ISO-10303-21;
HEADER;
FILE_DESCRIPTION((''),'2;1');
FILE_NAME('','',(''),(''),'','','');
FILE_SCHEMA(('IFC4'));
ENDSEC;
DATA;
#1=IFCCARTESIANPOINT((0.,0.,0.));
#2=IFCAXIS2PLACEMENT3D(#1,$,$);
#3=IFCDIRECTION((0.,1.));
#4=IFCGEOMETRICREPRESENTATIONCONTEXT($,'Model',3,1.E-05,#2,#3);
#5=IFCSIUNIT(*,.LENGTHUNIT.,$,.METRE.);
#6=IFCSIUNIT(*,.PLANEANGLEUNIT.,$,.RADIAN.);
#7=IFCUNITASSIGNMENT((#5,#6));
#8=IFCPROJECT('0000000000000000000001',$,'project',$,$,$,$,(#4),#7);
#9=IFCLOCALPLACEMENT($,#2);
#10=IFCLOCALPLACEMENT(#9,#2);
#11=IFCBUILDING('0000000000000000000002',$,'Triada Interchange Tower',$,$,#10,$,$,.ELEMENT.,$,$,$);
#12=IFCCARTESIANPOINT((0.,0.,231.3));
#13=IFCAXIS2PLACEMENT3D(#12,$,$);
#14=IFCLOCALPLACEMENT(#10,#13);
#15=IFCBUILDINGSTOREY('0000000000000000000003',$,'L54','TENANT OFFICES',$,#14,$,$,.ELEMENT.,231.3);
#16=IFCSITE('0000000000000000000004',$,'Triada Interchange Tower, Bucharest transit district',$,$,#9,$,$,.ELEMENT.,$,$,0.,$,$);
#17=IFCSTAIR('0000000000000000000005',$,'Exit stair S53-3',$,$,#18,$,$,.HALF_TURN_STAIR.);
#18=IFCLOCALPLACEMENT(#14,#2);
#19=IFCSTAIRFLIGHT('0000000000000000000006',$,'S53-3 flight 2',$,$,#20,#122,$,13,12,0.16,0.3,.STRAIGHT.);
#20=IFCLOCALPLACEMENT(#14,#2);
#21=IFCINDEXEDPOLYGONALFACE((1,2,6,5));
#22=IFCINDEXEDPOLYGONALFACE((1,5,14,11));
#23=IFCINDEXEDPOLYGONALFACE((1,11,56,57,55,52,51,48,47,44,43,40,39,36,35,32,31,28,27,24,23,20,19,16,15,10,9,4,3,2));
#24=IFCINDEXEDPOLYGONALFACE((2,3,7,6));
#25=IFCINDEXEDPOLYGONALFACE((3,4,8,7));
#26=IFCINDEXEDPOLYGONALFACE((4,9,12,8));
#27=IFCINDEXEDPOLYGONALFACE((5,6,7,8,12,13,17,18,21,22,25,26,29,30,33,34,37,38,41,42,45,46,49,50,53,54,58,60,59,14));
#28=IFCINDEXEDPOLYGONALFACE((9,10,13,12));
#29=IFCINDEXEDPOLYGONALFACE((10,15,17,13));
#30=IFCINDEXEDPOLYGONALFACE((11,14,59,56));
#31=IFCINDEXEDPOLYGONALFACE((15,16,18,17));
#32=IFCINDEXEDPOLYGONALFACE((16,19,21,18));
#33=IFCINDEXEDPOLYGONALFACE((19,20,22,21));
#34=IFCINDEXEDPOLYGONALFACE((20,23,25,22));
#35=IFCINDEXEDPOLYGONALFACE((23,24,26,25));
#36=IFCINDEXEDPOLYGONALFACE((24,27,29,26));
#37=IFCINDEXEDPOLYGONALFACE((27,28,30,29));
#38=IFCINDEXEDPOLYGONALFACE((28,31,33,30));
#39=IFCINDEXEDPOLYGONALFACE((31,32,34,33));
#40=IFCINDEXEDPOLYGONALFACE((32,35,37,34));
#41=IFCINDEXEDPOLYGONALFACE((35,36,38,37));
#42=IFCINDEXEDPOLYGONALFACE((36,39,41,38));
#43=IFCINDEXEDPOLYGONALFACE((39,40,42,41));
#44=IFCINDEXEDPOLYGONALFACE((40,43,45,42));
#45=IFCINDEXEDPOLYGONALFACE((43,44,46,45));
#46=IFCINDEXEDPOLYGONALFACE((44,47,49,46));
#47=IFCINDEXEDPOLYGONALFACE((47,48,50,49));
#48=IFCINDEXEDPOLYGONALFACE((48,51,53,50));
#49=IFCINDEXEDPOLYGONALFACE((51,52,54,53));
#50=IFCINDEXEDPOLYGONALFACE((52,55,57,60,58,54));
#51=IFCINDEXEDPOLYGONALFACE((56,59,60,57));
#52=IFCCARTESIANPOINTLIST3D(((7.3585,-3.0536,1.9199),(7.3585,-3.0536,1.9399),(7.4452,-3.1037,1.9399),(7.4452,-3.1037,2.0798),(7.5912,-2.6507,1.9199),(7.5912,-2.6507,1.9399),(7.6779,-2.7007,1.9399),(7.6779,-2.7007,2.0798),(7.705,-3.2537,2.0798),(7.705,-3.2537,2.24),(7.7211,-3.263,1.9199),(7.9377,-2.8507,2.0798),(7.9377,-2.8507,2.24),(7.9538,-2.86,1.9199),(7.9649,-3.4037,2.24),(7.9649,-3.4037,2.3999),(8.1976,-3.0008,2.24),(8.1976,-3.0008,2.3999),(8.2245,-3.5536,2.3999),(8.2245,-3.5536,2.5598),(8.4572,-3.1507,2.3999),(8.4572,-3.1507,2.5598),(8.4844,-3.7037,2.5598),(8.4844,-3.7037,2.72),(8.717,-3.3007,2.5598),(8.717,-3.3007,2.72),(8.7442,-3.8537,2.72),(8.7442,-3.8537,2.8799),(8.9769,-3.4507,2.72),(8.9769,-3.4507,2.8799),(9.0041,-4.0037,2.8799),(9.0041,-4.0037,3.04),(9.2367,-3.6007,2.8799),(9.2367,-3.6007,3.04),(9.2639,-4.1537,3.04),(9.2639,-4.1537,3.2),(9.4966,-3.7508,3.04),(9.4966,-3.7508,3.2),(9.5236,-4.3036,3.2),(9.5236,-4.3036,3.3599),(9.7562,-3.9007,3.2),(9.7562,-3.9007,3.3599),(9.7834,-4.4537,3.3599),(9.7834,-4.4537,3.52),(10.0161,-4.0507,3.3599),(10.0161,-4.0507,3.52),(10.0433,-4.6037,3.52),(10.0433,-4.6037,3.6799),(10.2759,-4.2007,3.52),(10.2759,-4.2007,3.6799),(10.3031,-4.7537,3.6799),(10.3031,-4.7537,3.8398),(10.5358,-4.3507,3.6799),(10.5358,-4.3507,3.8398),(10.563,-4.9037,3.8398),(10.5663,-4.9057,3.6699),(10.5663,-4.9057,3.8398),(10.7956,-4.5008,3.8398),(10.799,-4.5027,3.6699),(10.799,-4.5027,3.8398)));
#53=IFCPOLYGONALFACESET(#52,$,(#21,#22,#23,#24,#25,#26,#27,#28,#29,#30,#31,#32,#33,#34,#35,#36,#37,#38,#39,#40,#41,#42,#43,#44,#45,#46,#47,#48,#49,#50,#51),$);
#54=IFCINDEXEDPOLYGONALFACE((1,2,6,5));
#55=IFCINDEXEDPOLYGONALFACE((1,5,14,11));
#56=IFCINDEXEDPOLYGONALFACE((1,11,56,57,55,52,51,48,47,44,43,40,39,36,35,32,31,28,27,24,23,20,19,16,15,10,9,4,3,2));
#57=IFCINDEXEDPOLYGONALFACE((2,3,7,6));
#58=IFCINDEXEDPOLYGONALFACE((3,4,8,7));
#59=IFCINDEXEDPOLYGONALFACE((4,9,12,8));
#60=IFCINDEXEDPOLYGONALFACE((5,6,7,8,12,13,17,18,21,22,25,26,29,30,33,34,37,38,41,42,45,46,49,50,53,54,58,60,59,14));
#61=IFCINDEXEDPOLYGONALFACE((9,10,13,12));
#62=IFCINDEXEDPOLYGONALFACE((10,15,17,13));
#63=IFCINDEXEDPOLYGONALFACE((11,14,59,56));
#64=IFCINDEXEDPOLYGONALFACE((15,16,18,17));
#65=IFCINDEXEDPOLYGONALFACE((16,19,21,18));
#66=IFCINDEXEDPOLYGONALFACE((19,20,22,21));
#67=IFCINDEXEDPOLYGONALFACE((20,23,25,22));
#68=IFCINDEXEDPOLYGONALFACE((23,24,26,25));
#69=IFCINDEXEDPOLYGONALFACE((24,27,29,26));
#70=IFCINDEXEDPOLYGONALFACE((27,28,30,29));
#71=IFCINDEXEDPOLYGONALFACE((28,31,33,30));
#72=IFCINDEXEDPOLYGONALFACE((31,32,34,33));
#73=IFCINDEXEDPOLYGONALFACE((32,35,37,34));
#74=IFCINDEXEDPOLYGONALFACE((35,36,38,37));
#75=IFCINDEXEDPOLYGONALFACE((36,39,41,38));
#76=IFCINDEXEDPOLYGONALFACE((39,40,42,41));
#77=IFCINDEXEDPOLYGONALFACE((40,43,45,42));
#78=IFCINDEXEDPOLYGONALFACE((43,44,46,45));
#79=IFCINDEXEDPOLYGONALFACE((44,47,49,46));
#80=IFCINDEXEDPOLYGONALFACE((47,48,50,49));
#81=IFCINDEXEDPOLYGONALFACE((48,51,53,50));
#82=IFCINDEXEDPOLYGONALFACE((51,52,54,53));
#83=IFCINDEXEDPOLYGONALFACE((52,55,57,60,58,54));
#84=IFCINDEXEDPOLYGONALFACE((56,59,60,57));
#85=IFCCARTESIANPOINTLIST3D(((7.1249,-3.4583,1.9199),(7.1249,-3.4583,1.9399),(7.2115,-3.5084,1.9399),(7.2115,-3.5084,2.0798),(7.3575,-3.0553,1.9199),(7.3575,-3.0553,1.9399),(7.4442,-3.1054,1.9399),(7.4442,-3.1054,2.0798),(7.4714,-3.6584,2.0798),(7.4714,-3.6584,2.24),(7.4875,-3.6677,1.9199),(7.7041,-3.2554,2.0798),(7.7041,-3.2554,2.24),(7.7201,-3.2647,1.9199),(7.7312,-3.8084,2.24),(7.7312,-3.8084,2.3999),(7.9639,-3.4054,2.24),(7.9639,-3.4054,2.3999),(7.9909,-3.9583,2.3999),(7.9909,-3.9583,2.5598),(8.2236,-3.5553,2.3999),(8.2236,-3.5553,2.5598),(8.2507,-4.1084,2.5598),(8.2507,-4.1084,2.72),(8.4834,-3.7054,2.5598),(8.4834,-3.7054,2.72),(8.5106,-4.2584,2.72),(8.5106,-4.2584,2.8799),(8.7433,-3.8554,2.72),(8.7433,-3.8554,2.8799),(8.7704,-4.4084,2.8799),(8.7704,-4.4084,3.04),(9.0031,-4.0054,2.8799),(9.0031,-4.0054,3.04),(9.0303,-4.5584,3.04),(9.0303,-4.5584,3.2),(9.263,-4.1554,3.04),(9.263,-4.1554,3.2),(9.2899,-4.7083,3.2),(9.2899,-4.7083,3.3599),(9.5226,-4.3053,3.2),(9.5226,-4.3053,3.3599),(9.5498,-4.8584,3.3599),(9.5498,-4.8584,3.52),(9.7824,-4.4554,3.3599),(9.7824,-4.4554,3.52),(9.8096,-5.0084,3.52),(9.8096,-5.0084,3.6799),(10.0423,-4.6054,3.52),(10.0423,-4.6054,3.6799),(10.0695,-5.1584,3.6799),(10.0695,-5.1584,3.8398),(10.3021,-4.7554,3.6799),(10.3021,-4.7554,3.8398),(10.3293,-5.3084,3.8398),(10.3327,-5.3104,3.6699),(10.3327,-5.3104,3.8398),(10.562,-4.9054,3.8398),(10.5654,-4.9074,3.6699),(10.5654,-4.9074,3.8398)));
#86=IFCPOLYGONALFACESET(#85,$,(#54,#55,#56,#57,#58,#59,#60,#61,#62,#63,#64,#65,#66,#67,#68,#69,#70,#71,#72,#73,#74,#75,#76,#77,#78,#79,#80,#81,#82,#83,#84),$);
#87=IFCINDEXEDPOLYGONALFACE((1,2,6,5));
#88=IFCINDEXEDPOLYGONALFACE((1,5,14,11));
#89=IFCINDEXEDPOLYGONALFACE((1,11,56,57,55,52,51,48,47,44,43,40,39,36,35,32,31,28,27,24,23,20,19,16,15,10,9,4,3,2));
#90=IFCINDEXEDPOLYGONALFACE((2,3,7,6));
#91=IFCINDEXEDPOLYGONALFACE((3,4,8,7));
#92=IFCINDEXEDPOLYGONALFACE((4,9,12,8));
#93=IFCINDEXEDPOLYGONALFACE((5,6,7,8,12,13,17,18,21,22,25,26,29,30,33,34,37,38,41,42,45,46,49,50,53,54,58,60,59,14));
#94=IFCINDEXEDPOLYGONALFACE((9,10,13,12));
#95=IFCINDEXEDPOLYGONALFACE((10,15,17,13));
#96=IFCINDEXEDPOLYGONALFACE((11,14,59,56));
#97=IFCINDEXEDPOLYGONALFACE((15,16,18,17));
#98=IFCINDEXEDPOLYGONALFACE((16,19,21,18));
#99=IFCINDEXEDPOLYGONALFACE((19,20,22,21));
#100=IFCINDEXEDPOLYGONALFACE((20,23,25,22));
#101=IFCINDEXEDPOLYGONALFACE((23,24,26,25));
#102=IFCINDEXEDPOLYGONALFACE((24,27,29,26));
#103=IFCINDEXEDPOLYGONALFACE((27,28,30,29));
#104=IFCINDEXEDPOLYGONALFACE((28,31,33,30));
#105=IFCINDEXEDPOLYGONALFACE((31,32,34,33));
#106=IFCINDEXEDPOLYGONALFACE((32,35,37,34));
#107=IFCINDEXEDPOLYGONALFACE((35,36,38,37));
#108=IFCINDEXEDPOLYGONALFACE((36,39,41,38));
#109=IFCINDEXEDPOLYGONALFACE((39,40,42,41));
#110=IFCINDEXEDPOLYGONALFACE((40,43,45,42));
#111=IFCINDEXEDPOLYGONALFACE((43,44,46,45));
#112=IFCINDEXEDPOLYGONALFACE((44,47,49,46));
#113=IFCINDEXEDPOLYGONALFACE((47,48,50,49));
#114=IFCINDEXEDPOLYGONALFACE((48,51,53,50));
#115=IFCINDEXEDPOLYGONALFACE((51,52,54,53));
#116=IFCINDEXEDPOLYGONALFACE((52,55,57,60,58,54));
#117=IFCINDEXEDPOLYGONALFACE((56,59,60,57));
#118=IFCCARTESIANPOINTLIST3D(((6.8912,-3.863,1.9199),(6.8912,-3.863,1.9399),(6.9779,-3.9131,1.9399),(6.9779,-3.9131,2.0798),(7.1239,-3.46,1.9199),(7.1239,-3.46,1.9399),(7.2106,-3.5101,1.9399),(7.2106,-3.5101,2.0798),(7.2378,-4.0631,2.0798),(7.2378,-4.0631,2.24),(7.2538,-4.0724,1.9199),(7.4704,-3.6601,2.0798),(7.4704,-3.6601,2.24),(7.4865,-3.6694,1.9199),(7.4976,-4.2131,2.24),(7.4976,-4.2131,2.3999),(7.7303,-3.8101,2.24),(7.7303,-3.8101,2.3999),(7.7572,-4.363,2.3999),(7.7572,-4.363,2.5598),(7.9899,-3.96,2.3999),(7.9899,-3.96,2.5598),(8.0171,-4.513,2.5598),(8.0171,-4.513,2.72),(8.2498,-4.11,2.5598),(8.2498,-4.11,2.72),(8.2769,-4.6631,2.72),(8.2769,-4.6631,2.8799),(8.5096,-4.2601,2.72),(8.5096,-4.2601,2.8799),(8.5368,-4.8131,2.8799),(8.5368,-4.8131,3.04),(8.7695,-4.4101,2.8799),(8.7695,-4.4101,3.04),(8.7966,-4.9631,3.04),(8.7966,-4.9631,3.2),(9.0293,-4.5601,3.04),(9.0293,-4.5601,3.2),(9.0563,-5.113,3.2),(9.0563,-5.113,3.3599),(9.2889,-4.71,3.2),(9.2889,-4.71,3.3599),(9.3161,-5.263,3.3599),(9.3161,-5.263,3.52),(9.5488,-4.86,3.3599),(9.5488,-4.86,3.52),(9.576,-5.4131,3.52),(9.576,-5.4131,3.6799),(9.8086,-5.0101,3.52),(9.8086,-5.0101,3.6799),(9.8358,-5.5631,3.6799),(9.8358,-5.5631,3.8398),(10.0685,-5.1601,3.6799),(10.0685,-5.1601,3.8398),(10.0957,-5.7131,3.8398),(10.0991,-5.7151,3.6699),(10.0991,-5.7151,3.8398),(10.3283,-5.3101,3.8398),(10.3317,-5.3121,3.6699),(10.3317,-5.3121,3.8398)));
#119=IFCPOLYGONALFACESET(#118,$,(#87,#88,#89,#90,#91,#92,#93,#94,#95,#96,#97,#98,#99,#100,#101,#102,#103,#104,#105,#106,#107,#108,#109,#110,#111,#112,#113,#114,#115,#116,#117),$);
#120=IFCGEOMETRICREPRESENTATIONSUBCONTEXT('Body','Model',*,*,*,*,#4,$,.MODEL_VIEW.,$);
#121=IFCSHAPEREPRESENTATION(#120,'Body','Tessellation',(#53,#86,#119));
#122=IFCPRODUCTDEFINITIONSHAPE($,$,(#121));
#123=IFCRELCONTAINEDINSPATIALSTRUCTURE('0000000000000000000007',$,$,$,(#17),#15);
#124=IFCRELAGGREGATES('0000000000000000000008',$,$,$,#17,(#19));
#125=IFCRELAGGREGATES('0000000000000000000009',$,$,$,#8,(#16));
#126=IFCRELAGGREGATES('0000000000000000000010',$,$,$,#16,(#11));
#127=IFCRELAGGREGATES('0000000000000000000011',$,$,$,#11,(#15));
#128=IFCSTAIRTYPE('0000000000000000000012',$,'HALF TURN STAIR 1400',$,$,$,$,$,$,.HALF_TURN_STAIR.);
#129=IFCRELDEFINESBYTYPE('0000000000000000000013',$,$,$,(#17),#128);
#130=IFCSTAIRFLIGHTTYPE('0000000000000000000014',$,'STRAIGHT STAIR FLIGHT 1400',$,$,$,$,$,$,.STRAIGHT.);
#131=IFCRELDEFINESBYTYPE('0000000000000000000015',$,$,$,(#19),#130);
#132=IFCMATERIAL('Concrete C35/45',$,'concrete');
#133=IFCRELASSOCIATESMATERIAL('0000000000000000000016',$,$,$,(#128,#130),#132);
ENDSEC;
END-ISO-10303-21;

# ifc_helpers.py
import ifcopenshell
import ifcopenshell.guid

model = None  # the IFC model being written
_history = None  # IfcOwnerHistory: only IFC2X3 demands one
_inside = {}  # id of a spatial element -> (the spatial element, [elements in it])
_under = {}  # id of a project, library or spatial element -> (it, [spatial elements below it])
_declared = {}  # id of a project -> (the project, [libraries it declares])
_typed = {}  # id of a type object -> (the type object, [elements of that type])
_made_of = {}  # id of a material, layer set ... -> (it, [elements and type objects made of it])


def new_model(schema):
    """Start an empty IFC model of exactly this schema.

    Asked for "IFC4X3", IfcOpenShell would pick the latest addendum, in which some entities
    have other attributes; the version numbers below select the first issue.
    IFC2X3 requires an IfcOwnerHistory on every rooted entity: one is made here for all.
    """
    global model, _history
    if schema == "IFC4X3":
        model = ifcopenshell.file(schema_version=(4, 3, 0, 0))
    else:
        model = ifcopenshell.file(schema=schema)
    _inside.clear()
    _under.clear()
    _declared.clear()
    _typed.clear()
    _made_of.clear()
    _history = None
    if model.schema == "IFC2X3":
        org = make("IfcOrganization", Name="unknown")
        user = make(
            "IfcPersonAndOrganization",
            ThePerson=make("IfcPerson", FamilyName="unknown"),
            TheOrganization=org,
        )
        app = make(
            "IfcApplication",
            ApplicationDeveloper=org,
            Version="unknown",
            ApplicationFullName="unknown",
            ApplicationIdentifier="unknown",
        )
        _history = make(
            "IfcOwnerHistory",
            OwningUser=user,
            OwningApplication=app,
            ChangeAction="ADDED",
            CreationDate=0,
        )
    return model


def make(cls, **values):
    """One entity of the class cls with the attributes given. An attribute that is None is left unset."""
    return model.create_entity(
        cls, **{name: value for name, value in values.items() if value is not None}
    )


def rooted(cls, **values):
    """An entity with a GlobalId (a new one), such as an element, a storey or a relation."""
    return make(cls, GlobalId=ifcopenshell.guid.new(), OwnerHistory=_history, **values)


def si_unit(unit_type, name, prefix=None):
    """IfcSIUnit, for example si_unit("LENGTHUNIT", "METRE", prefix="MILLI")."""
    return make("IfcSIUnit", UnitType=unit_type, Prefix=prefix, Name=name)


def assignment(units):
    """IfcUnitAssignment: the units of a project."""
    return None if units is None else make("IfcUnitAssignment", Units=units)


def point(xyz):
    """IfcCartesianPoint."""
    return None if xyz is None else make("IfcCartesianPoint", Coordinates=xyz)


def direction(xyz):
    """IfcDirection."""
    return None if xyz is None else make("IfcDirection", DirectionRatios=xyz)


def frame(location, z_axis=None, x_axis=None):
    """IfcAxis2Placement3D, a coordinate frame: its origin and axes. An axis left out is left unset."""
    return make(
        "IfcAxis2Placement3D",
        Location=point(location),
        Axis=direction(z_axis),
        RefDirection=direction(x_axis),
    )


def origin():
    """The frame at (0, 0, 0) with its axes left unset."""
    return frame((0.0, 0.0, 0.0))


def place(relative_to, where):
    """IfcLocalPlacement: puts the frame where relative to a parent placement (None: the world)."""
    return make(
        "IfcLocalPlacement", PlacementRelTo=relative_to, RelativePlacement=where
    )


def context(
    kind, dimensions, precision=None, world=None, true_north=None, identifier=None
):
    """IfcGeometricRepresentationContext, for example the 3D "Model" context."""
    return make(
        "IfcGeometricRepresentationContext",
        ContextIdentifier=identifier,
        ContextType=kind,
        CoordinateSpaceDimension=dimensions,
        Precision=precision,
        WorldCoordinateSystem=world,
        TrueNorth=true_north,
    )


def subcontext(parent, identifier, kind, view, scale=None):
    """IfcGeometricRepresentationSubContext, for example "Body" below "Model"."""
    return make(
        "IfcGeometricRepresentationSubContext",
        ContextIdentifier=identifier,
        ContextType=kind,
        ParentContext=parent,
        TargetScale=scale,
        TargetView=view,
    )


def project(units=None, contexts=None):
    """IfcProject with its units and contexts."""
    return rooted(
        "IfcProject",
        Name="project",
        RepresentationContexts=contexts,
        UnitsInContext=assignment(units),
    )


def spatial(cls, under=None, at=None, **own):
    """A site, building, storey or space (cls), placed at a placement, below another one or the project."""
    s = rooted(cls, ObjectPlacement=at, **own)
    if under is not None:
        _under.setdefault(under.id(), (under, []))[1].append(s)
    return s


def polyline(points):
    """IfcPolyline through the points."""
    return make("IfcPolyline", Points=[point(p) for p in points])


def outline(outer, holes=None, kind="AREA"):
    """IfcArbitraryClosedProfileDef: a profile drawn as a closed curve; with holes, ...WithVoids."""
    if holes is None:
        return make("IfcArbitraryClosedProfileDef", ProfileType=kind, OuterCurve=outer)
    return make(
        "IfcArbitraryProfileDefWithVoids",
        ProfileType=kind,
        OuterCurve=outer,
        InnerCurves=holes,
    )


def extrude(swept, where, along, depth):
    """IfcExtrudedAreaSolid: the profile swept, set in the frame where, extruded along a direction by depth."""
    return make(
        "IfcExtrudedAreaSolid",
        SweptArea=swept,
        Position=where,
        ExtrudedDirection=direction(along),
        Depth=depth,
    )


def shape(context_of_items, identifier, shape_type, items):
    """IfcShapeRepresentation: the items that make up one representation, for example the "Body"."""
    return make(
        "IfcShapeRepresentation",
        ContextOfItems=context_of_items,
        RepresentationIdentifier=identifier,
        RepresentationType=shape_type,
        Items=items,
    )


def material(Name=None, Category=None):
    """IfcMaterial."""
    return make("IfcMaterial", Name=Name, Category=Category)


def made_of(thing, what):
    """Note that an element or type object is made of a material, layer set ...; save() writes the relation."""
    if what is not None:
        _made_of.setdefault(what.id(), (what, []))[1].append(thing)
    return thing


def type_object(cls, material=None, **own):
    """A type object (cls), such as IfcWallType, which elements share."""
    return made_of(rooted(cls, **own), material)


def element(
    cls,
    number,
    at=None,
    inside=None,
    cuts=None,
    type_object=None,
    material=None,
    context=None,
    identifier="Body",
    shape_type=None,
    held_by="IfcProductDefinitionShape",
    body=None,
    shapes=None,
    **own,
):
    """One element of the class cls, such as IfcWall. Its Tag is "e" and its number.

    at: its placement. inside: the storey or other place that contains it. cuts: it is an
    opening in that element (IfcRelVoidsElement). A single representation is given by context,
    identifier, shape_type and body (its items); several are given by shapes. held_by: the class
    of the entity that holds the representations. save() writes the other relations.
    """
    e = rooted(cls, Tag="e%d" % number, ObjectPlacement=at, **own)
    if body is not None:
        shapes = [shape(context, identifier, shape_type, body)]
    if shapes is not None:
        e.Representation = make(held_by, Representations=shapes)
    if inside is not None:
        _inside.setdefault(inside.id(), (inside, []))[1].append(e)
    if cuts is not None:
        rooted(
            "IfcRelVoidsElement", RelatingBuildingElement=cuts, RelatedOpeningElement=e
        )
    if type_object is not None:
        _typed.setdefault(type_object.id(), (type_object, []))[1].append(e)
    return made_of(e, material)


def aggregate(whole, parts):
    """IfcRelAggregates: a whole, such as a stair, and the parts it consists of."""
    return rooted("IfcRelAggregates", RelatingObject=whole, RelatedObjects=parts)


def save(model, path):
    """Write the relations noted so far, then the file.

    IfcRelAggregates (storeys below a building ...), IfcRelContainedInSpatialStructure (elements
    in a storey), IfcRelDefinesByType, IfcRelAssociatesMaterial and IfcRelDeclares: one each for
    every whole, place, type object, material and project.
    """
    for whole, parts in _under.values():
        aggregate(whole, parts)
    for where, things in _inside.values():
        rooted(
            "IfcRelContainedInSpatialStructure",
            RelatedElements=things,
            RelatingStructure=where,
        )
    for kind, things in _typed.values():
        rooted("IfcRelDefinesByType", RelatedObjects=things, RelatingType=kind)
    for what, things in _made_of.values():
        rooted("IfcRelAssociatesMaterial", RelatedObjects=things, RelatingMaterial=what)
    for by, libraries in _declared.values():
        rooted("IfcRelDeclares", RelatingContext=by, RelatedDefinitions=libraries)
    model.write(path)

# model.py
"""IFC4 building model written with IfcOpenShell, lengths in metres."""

from ifc_helpers import new_model, si_unit, direction, frame, origin, place, context, subcontext, project, spatial, polyline, outline, extrude, material, type_object, element, aggregate, save


model = new_model("IFC4")

# Units and contexts
model_context = context("Model", 3, precision=1e-05, world=origin(), true_north=direction((0.0, 1.0)))
body_context = subcontext(model_context, "Body", "Model", "MODEL_VIEW")
ifc_project = project(units=[si_unit("LENGTHUNIT", "METRE"), si_unit("PLANEANGLEUNIT", "RADIAN")], contexts=[model_context])

# Site, building, storey
site_placement = place(None, origin())
site = spatial("IfcSite", under=ifc_project, at=site_placement, Name="Triada Interchange Tower, Bucharest transit district", CompositionType="ELEMENT", RefElevation=0.0)
building_placement = place(site_placement, origin())
building = spatial("IfcBuilding", under=site, at=building_placement, Name="Triada Interchange Tower", CompositionType="ELEMENT")
storey_placement = place(building_placement, frame((0.0, 0.0, 231.3)))
storey = spatial("IfcBuildingStorey", under=building, at=storey_placement, Name="L54", Description="TENANT OFFICES", CompositionType="ELEMENT", Elevation=231.3)

# Stair, stair flight
ifc_material_1 = material(Name="Concrete C35/45", Category="concrete")
stair_type = type_object("IfcStairType", Name="HALF TURN STAIR 1400", PredefinedType="HALF_TURN_STAIR", material=ifc_material_1)
stair_placement = place(storey_placement, origin())
stair = element("IfcStair", 1, at=stair_placement, inside=storey, type_object=stair_type, Name="Exit stair S53-3", PredefinedType="HALF_TURN_STAIR")
stair_flight_type = type_object("IfcStairFlightType", Name="STRAIGHT STAIR FLIGHT 1400", PredefinedType="STRAIGHT", material=ifc_material_1)
stair_flight_1_placement = place(storey_placement, frame((7.3279, -3.3069, 1.9199), z_axis=(0.0, 0.0, 1.0), x_axis=(0.866025, -0.5, 0.0)))
stair_flight_1 = element("IfcStairFlight", 2, at=stair_flight_1_placement, type_object=stair_flight_type, Name="S53-3 flight 2", NumberOfRisers=13, NumberOfTreads=12, PredefinedType="STRAIGHT", RiserHeight=0.16, TreadLength=0.3, context=body_context, shape_type="SweptSolid", body=[
    extrude(outline(polyline([(-0.1001, 0.0), (-0.1001, 0.02), (0.0, 0.02), (0.0, 0.1599), (0.3, 0.1599), (0.3, 0.3201), (0.6001, 0.3201), (0.6001, 0.48), (0.8999, 0.48), (0.8999, 0.6399), (1.2, 0.6399), (1.2, 0.8), (1.5, 0.8), (1.5, 0.96), (1.8, 0.96), (1.8, 1.1201), (2.1001, 1.1201), (2.1001, 1.28), (2.3999, 1.28), (2.3999, 1.4399), (2.7, 1.4399), (2.7, 1.6001), (3.0, 1.6001), (3.0, 1.76), (3.3, 1.76), (3.3, 1.9199), (3.6001, 1.9199), (3.604, 1.9199), (3.604, 2.0801), (3.604, 1.75), (0.3186, 0.0), (-0.1001, 0.0)])), frame((0.0, 0.7, 0.0), z_axis=(0.0, -1.0, 0.0), x_axis=(1.0, 0.0, 0.0)), (0.0, 0.0, 1.0), 0.4653),
    extrude(outline(polyline([(-0.1001, 0.0), (-0.1001, 0.02), (0.0, 0.02), (0.0, 0.1599), (0.3, 0.1599), (0.3, 0.3201), (0.6001, 0.3201), (0.6001, 0.48), (0.8999, 0.48), (0.8999, 0.6399), (1.2, 0.6399), (1.2, 0.8), (1.5, 0.8), (1.5, 0.96), (1.8, 0.96), (1.8, 1.1201), (2.1001, 1.1201), (2.1001, 1.28), (2.3999, 1.28), (2.3999, 1.4399), (2.7, 1.4399), (2.7, 1.6001), (3.0, 1.6001), (3.0, 1.76), (3.3, 1.76), (3.3, 1.9199), (3.6001, 1.9199), (3.604, 1.9199), (3.604, 2.0801), (3.604, 1.75), (0.3186, 0.0), (-0.1001, 0.0)])), frame((0.0, 0.2327, 0.0), z_axis=(0.0, -1.0, 0.0), x_axis=(1.0, 0.0, 0.0)), (0.0, 0.0, 1.0), 0.4653),
    extrude(outline(polyline([(-0.1001, 0.0), (-0.1001, 0.02), (0.0, 0.02), (0.0, 0.1599), (0.3, 0.1599), (0.3, 0.3201), (0.6001, 0.3201), (0.6001, 0.48), (0.8999, 0.48), (0.8999, 0.6399), (1.2, 0.6399), (1.2, 0.8), (1.5, 0.8), (1.5, 0.96), (1.8, 0.96), (1.8, 1.1201), (2.1001, 1.1201), (2.1001, 1.28), (2.3999, 1.28), (2.3999, 1.4399), (2.7, 1.4399), (2.7, 1.6001), (3.0, 1.6001), (3.0, 1.76), (3.3, 1.76), (3.3, 1.9199), (3.6001, 1.9199), (3.604, 1.9199), (3.604, 2.0801), (3.604, 1.75), (0.3186, 0.0), (-0.1001, 0.0)])), frame((0.0, -0.2346, 0.0), z_axis=(0.0, -1.0, 0.0), x_axis=(1.0, 0.0, 0.0)), (0.0, 0.0, 1.0), 0.4653),
])
aggregate(stair, [stair_flight_1])

save(model, "model.ifc")
